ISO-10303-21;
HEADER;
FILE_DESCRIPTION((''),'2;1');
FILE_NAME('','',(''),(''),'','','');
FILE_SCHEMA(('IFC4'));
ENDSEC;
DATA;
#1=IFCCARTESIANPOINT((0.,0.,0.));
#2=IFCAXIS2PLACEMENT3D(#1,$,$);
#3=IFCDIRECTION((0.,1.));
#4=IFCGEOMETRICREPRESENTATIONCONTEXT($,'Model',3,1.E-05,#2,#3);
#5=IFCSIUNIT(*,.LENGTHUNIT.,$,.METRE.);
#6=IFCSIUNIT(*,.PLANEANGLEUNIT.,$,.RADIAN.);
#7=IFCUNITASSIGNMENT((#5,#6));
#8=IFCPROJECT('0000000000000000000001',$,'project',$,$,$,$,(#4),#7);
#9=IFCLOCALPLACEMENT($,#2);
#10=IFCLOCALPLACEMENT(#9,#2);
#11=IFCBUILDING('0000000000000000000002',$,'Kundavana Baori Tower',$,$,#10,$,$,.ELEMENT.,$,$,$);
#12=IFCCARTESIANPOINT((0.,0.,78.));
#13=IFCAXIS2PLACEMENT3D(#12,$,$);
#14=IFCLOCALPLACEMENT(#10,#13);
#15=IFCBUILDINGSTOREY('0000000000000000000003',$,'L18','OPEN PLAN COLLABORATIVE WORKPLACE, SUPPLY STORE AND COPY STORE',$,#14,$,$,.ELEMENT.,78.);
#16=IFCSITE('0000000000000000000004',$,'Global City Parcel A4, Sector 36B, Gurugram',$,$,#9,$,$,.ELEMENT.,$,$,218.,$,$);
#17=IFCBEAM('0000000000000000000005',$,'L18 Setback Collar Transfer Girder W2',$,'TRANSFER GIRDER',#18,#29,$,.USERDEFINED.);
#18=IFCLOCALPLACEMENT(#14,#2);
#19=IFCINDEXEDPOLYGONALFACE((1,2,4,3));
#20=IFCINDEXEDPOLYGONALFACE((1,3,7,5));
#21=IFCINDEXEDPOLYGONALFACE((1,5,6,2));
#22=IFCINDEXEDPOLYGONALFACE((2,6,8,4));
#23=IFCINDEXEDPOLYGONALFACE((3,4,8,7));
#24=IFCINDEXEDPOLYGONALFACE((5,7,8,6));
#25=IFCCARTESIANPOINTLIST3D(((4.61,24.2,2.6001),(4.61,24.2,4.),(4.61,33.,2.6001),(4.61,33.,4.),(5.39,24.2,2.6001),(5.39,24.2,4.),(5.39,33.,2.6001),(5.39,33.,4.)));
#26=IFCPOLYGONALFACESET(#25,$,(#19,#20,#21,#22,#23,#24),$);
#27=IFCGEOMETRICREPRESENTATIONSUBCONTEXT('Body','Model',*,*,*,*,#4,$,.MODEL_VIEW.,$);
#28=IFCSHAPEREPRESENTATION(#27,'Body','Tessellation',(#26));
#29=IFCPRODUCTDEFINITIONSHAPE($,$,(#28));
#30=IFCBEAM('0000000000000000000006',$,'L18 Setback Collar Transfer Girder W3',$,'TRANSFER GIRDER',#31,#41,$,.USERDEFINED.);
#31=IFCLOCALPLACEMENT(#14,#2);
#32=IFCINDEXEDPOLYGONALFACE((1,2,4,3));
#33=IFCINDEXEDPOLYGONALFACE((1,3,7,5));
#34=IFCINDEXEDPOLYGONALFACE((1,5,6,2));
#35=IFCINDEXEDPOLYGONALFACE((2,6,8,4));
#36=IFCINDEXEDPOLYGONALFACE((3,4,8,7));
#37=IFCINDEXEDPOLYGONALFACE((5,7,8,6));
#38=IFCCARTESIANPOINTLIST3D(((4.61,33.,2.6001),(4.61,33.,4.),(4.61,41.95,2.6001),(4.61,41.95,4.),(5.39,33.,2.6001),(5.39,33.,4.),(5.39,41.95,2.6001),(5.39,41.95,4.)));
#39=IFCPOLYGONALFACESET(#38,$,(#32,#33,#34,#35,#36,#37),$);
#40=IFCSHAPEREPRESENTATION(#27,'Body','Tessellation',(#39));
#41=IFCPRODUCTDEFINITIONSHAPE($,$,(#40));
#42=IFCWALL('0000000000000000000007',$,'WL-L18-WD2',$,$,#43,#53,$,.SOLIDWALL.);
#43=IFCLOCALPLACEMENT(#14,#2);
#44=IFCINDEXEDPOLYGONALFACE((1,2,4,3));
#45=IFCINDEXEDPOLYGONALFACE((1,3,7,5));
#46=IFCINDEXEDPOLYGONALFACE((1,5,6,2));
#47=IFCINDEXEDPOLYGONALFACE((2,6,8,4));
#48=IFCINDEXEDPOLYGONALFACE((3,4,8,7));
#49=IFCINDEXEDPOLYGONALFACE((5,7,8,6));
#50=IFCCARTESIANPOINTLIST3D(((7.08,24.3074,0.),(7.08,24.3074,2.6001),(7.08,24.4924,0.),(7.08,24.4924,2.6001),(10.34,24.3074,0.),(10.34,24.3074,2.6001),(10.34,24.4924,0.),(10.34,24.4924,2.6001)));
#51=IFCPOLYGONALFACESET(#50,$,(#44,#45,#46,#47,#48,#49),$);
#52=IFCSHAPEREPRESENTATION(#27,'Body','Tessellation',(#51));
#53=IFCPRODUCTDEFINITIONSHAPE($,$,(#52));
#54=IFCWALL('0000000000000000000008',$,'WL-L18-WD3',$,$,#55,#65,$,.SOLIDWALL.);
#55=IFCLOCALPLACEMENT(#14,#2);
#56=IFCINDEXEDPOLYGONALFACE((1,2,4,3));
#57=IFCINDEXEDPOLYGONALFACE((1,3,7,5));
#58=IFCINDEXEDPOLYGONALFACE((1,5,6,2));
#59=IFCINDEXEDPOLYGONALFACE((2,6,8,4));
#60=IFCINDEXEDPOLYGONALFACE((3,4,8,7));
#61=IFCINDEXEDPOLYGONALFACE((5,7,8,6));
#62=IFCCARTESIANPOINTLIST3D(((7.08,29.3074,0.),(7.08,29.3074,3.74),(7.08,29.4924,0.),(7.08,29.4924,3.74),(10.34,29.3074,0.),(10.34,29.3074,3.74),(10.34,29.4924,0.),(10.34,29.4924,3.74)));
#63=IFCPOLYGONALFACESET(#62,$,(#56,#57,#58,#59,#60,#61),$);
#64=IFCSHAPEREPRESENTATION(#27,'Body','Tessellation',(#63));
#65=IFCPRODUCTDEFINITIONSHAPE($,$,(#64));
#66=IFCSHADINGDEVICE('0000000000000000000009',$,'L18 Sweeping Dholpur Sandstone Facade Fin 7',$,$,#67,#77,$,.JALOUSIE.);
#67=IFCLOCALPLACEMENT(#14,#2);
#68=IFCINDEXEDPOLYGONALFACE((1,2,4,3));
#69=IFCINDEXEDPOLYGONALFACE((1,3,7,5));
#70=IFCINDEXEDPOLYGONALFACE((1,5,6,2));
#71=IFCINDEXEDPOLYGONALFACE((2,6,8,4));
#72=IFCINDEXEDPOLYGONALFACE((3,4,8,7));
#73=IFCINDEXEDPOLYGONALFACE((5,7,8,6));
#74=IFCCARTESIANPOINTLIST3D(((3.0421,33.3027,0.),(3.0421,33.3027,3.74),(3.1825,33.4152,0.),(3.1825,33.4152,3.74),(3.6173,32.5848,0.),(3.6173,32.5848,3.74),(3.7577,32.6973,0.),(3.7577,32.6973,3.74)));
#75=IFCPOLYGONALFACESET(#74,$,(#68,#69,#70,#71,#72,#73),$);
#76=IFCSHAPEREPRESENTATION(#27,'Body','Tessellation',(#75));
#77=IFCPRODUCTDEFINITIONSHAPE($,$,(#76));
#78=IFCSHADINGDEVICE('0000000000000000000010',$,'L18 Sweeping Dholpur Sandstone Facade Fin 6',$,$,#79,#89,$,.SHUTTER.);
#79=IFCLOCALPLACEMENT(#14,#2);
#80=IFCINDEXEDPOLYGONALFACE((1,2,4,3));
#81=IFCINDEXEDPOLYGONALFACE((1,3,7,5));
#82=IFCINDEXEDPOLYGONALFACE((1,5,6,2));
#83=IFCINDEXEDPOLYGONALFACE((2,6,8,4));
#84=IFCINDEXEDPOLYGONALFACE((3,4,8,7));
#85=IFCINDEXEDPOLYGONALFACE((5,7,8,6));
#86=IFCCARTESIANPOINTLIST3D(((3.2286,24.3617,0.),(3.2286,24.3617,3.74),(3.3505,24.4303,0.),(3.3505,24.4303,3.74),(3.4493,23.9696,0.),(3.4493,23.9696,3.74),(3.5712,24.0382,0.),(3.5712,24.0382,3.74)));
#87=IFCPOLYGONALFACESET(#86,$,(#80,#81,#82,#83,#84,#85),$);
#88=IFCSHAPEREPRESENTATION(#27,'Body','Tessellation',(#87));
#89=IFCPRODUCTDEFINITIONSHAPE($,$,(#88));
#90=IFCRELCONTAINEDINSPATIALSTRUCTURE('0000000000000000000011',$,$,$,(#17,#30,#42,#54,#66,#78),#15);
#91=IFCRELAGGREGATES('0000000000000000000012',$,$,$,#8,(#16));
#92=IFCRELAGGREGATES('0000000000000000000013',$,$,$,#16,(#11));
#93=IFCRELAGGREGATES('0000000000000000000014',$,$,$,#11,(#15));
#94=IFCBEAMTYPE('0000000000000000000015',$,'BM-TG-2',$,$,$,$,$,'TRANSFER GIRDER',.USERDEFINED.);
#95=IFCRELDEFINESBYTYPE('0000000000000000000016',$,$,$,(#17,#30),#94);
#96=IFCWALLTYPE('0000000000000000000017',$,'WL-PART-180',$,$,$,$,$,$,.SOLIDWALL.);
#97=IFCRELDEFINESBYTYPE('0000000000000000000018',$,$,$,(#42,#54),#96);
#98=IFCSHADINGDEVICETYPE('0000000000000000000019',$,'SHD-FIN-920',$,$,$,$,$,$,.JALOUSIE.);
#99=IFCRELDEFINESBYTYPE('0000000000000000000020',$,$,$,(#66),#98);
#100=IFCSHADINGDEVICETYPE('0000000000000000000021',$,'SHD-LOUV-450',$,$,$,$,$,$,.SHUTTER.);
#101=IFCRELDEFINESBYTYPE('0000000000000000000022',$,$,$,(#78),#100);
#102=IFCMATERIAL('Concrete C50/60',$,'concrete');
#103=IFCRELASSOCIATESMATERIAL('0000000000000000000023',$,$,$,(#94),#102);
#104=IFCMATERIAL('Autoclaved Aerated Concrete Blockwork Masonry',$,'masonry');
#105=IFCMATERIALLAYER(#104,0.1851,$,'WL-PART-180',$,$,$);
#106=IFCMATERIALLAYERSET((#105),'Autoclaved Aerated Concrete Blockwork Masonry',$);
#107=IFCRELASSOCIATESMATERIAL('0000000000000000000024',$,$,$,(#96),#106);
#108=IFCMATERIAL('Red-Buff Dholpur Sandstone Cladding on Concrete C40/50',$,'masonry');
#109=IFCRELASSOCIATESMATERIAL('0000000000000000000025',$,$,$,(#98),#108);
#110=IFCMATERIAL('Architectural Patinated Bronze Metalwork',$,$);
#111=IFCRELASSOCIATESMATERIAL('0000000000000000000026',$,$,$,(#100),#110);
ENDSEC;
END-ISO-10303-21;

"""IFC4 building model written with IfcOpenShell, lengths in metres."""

from ifc_helpers import new_model, si_unit, direction, frame, frame_2d, origin, origin_2d, place, context, subcontext, project, spatial, rectangle, extrude, material, layer, layer_set, material_profile, profile_set, type_object, element, save


model = new_model("IFC4")

# Units and contexts
model_context = context("Model", 3, precision=1e-05, world=origin(), true_north=direction((0.0, 1.0)))
body_context = subcontext(model_context, "Body", "Model", "MODEL_VIEW")
ifc_project = project(units=[si_unit("LENGTHUNIT", "METRE"), si_unit("PLANEANGLEUNIT", "RADIAN")], contexts=[model_context])

# Site, building, storey
site_placement = place(None, origin())
site = spatial("IfcSite", under=ifc_project, at=site_placement, Name="Global City Parcel A4, Sector 36B, Gurugram", CompositionType="ELEMENT", RefElevation=218.0)
building_placement = place(site_placement, origin())
building = spatial("IfcBuilding", under=site, at=building_placement, Name="Kundavana Baori Tower", CompositionType="ELEMENT")
storey_placement = place(building_placement, frame((0.0, 0.0, 78.0)))
storey = spatial("IfcBuildingStorey", under=building, at=storey_placement, Name="L18", Description="OPEN PLAN COLLABORATIVE WORKPLACE, SUPPLY STORE AND COPY STORE", CompositionType="ELEMENT", Elevation=78.0)

# Beams
ifc_material_1 = material(Name="Concrete C50/60", Category="concrete")
ifc_material_profile_1 = material_profile(ifc_material_1, rectangle(XDim=0.78, YDim=1.3999, at=origin_2d()), Name="BM-TG-2")
ifc_profile_set_1 = profile_set([ifc_material_profile_1], Name="Concrete C50/60")
beam_type_1 = type_object("IfcBeamType", Name="BM-TG-2", ElementType="TRANSFER GIRDER", PredefinedType="USERDEFINED", material=ifc_profile_set_1)
beam_1_placement = place(storey_placement, frame((5.0, 24.2, 3.3), z_axis=(0.0, 1.0, 0.0), x_axis=(-1.0, 0.0, 0.0)))
element("IfcBeam", 1, at=beam_1_placement, inside=storey, type_object=beam_type_1, Name="L18 Setback Collar Transfer Girder W2", ObjectType="TRANSFER GIRDER", PredefinedType="USERDEFINED", context=body_context, shape_type="SweptSolid", body=[
    extrude(rectangle(XDim=0.78, YDim=1.3999, at=origin_2d()), origin(), (0.0, 0.0, 1.0), 8.8),
])
beam_2_placement = place(storey_placement, frame((5.0, 33.0, 3.3), z_axis=(0.0, 1.0, 0.0), x_axis=(-1.0, 0.0, 0.0)))
element("IfcBeam", 2, at=beam_2_placement, inside=storey, type_object=beam_type_1, Name="L18 Setback Collar Transfer Girder W3", ObjectType="TRANSFER GIRDER", PredefinedType="USERDEFINED", context=body_context, shape_type="SweptSolid", body=[
    extrude(rectangle(XDim=0.78, YDim=1.3999, at=origin_2d()), origin(), (0.0, 0.0, 1.0), 8.95),
])

# Walls
ifc_material_2 = material(Name="Autoclaved Aerated Concrete Blockwork Masonry", Category="masonry")
ifc_layer = layer(ifc_material_2, 0.1851, Name="WL-PART-180")
ifc_layer_set = layer_set([ifc_layer], Name="Autoclaved Aerated Concrete Blockwork Masonry")
wall_type = type_object("IfcWallType", Name="WL-PART-180", PredefinedType="SOLIDWALL", material=ifc_layer_set)
wall_1_placement = place(storey_placement, frame((7.0801, 24.3999, 0.0), z_axis=(0.0, 0.0, 1.0), x_axis=(1.0, 0.0, 0.0)))
element("IfcWall", 3, at=wall_1_placement, inside=storey, type_object=wall_type, Name="WL-L18-WD2", PredefinedType="SOLIDWALL", context=body_context, shape_type="SweptSolid", body=[
    extrude(rectangle(XDim=3.26, YDim=0.1851, at=frame_2d((1.6299, 0.0))), origin(), (0.0, 0.0, 1.0), 2.6001),
])
wall_2_placement = place(storey_placement, frame((7.0801, 29.3999, 0.0), z_axis=(0.0, 0.0, 1.0), x_axis=(1.0, 0.0, 0.0)))
element("IfcWall", 4, at=wall_2_placement, inside=storey, type_object=wall_type, Name="WL-L18-WD3", PredefinedType="SOLIDWALL", context=body_context, shape_type="SweptSolid", body=[
    extrude(rectangle(XDim=3.26, YDim=0.1851, at=frame_2d((1.6299, 0.0))), origin(), (0.0, 0.0, 1.0), 3.74),
])

# Shading devices
ifc_material_3 = material(Name="Red-Buff Dholpur Sandstone Cladding on Concrete C40/50", Category="masonry")
shading_device_type_1 = type_object("IfcShadingDeviceType", Name="SHD-FIN-920", PredefinedType="JALOUSIE", material=ifc_material_3)
shading_device_1_placement = place(storey_placement, frame((3.3999, 33.0, 0.0), z_axis=(0.0, 0.0, 1.0), x_axis=(0.78043, 0.625243, 0.0)))
element("IfcShadingDevice", 5, at=shading_device_1_placement, inside=storey, type_object=shading_device_type_1, Name="L18 Sweeping Dholpur Sandstone Facade Fin 7", PredefinedType="JALOUSIE", context=body_context, shape_type="SweptSolid", body=[
    extrude(rectangle(XDim=0.1799, YDim=0.9199, at=origin_2d()), origin(), (0.0, 0.0, 1.0), 3.74),
])
ifc_material_4 = material(Name="Architectural Patinated Bronze Metalwork")
shading_device_type_2 = type_object("IfcShadingDeviceType", Name="SHD-LOUV-450", PredefinedType="SHUTTER", material=ifc_material_4)
shading_device_2_placement = place(storey_placement, frame((3.3999, 24.2, 0.0), z_axis=(0.0, 0.0, 1.0), x_axis=(0.871471, 0.490448, 0.0)))
element("IfcShadingDevice", 6, at=shading_device_2_placement, inside=storey, type_object=shading_device_type_2, Name="L18 Sweeping Dholpur Sandstone Facade Fin 6", PredefinedType="SHUTTER", context=body_context, shape_type="SweptSolid", body=[
    extrude(rectangle(XDim=0.1399, YDim=0.45, at=origin_2d()), origin(), (0.0, 0.0, 1.0), 3.74),
])

save(model, "model.ifc")
